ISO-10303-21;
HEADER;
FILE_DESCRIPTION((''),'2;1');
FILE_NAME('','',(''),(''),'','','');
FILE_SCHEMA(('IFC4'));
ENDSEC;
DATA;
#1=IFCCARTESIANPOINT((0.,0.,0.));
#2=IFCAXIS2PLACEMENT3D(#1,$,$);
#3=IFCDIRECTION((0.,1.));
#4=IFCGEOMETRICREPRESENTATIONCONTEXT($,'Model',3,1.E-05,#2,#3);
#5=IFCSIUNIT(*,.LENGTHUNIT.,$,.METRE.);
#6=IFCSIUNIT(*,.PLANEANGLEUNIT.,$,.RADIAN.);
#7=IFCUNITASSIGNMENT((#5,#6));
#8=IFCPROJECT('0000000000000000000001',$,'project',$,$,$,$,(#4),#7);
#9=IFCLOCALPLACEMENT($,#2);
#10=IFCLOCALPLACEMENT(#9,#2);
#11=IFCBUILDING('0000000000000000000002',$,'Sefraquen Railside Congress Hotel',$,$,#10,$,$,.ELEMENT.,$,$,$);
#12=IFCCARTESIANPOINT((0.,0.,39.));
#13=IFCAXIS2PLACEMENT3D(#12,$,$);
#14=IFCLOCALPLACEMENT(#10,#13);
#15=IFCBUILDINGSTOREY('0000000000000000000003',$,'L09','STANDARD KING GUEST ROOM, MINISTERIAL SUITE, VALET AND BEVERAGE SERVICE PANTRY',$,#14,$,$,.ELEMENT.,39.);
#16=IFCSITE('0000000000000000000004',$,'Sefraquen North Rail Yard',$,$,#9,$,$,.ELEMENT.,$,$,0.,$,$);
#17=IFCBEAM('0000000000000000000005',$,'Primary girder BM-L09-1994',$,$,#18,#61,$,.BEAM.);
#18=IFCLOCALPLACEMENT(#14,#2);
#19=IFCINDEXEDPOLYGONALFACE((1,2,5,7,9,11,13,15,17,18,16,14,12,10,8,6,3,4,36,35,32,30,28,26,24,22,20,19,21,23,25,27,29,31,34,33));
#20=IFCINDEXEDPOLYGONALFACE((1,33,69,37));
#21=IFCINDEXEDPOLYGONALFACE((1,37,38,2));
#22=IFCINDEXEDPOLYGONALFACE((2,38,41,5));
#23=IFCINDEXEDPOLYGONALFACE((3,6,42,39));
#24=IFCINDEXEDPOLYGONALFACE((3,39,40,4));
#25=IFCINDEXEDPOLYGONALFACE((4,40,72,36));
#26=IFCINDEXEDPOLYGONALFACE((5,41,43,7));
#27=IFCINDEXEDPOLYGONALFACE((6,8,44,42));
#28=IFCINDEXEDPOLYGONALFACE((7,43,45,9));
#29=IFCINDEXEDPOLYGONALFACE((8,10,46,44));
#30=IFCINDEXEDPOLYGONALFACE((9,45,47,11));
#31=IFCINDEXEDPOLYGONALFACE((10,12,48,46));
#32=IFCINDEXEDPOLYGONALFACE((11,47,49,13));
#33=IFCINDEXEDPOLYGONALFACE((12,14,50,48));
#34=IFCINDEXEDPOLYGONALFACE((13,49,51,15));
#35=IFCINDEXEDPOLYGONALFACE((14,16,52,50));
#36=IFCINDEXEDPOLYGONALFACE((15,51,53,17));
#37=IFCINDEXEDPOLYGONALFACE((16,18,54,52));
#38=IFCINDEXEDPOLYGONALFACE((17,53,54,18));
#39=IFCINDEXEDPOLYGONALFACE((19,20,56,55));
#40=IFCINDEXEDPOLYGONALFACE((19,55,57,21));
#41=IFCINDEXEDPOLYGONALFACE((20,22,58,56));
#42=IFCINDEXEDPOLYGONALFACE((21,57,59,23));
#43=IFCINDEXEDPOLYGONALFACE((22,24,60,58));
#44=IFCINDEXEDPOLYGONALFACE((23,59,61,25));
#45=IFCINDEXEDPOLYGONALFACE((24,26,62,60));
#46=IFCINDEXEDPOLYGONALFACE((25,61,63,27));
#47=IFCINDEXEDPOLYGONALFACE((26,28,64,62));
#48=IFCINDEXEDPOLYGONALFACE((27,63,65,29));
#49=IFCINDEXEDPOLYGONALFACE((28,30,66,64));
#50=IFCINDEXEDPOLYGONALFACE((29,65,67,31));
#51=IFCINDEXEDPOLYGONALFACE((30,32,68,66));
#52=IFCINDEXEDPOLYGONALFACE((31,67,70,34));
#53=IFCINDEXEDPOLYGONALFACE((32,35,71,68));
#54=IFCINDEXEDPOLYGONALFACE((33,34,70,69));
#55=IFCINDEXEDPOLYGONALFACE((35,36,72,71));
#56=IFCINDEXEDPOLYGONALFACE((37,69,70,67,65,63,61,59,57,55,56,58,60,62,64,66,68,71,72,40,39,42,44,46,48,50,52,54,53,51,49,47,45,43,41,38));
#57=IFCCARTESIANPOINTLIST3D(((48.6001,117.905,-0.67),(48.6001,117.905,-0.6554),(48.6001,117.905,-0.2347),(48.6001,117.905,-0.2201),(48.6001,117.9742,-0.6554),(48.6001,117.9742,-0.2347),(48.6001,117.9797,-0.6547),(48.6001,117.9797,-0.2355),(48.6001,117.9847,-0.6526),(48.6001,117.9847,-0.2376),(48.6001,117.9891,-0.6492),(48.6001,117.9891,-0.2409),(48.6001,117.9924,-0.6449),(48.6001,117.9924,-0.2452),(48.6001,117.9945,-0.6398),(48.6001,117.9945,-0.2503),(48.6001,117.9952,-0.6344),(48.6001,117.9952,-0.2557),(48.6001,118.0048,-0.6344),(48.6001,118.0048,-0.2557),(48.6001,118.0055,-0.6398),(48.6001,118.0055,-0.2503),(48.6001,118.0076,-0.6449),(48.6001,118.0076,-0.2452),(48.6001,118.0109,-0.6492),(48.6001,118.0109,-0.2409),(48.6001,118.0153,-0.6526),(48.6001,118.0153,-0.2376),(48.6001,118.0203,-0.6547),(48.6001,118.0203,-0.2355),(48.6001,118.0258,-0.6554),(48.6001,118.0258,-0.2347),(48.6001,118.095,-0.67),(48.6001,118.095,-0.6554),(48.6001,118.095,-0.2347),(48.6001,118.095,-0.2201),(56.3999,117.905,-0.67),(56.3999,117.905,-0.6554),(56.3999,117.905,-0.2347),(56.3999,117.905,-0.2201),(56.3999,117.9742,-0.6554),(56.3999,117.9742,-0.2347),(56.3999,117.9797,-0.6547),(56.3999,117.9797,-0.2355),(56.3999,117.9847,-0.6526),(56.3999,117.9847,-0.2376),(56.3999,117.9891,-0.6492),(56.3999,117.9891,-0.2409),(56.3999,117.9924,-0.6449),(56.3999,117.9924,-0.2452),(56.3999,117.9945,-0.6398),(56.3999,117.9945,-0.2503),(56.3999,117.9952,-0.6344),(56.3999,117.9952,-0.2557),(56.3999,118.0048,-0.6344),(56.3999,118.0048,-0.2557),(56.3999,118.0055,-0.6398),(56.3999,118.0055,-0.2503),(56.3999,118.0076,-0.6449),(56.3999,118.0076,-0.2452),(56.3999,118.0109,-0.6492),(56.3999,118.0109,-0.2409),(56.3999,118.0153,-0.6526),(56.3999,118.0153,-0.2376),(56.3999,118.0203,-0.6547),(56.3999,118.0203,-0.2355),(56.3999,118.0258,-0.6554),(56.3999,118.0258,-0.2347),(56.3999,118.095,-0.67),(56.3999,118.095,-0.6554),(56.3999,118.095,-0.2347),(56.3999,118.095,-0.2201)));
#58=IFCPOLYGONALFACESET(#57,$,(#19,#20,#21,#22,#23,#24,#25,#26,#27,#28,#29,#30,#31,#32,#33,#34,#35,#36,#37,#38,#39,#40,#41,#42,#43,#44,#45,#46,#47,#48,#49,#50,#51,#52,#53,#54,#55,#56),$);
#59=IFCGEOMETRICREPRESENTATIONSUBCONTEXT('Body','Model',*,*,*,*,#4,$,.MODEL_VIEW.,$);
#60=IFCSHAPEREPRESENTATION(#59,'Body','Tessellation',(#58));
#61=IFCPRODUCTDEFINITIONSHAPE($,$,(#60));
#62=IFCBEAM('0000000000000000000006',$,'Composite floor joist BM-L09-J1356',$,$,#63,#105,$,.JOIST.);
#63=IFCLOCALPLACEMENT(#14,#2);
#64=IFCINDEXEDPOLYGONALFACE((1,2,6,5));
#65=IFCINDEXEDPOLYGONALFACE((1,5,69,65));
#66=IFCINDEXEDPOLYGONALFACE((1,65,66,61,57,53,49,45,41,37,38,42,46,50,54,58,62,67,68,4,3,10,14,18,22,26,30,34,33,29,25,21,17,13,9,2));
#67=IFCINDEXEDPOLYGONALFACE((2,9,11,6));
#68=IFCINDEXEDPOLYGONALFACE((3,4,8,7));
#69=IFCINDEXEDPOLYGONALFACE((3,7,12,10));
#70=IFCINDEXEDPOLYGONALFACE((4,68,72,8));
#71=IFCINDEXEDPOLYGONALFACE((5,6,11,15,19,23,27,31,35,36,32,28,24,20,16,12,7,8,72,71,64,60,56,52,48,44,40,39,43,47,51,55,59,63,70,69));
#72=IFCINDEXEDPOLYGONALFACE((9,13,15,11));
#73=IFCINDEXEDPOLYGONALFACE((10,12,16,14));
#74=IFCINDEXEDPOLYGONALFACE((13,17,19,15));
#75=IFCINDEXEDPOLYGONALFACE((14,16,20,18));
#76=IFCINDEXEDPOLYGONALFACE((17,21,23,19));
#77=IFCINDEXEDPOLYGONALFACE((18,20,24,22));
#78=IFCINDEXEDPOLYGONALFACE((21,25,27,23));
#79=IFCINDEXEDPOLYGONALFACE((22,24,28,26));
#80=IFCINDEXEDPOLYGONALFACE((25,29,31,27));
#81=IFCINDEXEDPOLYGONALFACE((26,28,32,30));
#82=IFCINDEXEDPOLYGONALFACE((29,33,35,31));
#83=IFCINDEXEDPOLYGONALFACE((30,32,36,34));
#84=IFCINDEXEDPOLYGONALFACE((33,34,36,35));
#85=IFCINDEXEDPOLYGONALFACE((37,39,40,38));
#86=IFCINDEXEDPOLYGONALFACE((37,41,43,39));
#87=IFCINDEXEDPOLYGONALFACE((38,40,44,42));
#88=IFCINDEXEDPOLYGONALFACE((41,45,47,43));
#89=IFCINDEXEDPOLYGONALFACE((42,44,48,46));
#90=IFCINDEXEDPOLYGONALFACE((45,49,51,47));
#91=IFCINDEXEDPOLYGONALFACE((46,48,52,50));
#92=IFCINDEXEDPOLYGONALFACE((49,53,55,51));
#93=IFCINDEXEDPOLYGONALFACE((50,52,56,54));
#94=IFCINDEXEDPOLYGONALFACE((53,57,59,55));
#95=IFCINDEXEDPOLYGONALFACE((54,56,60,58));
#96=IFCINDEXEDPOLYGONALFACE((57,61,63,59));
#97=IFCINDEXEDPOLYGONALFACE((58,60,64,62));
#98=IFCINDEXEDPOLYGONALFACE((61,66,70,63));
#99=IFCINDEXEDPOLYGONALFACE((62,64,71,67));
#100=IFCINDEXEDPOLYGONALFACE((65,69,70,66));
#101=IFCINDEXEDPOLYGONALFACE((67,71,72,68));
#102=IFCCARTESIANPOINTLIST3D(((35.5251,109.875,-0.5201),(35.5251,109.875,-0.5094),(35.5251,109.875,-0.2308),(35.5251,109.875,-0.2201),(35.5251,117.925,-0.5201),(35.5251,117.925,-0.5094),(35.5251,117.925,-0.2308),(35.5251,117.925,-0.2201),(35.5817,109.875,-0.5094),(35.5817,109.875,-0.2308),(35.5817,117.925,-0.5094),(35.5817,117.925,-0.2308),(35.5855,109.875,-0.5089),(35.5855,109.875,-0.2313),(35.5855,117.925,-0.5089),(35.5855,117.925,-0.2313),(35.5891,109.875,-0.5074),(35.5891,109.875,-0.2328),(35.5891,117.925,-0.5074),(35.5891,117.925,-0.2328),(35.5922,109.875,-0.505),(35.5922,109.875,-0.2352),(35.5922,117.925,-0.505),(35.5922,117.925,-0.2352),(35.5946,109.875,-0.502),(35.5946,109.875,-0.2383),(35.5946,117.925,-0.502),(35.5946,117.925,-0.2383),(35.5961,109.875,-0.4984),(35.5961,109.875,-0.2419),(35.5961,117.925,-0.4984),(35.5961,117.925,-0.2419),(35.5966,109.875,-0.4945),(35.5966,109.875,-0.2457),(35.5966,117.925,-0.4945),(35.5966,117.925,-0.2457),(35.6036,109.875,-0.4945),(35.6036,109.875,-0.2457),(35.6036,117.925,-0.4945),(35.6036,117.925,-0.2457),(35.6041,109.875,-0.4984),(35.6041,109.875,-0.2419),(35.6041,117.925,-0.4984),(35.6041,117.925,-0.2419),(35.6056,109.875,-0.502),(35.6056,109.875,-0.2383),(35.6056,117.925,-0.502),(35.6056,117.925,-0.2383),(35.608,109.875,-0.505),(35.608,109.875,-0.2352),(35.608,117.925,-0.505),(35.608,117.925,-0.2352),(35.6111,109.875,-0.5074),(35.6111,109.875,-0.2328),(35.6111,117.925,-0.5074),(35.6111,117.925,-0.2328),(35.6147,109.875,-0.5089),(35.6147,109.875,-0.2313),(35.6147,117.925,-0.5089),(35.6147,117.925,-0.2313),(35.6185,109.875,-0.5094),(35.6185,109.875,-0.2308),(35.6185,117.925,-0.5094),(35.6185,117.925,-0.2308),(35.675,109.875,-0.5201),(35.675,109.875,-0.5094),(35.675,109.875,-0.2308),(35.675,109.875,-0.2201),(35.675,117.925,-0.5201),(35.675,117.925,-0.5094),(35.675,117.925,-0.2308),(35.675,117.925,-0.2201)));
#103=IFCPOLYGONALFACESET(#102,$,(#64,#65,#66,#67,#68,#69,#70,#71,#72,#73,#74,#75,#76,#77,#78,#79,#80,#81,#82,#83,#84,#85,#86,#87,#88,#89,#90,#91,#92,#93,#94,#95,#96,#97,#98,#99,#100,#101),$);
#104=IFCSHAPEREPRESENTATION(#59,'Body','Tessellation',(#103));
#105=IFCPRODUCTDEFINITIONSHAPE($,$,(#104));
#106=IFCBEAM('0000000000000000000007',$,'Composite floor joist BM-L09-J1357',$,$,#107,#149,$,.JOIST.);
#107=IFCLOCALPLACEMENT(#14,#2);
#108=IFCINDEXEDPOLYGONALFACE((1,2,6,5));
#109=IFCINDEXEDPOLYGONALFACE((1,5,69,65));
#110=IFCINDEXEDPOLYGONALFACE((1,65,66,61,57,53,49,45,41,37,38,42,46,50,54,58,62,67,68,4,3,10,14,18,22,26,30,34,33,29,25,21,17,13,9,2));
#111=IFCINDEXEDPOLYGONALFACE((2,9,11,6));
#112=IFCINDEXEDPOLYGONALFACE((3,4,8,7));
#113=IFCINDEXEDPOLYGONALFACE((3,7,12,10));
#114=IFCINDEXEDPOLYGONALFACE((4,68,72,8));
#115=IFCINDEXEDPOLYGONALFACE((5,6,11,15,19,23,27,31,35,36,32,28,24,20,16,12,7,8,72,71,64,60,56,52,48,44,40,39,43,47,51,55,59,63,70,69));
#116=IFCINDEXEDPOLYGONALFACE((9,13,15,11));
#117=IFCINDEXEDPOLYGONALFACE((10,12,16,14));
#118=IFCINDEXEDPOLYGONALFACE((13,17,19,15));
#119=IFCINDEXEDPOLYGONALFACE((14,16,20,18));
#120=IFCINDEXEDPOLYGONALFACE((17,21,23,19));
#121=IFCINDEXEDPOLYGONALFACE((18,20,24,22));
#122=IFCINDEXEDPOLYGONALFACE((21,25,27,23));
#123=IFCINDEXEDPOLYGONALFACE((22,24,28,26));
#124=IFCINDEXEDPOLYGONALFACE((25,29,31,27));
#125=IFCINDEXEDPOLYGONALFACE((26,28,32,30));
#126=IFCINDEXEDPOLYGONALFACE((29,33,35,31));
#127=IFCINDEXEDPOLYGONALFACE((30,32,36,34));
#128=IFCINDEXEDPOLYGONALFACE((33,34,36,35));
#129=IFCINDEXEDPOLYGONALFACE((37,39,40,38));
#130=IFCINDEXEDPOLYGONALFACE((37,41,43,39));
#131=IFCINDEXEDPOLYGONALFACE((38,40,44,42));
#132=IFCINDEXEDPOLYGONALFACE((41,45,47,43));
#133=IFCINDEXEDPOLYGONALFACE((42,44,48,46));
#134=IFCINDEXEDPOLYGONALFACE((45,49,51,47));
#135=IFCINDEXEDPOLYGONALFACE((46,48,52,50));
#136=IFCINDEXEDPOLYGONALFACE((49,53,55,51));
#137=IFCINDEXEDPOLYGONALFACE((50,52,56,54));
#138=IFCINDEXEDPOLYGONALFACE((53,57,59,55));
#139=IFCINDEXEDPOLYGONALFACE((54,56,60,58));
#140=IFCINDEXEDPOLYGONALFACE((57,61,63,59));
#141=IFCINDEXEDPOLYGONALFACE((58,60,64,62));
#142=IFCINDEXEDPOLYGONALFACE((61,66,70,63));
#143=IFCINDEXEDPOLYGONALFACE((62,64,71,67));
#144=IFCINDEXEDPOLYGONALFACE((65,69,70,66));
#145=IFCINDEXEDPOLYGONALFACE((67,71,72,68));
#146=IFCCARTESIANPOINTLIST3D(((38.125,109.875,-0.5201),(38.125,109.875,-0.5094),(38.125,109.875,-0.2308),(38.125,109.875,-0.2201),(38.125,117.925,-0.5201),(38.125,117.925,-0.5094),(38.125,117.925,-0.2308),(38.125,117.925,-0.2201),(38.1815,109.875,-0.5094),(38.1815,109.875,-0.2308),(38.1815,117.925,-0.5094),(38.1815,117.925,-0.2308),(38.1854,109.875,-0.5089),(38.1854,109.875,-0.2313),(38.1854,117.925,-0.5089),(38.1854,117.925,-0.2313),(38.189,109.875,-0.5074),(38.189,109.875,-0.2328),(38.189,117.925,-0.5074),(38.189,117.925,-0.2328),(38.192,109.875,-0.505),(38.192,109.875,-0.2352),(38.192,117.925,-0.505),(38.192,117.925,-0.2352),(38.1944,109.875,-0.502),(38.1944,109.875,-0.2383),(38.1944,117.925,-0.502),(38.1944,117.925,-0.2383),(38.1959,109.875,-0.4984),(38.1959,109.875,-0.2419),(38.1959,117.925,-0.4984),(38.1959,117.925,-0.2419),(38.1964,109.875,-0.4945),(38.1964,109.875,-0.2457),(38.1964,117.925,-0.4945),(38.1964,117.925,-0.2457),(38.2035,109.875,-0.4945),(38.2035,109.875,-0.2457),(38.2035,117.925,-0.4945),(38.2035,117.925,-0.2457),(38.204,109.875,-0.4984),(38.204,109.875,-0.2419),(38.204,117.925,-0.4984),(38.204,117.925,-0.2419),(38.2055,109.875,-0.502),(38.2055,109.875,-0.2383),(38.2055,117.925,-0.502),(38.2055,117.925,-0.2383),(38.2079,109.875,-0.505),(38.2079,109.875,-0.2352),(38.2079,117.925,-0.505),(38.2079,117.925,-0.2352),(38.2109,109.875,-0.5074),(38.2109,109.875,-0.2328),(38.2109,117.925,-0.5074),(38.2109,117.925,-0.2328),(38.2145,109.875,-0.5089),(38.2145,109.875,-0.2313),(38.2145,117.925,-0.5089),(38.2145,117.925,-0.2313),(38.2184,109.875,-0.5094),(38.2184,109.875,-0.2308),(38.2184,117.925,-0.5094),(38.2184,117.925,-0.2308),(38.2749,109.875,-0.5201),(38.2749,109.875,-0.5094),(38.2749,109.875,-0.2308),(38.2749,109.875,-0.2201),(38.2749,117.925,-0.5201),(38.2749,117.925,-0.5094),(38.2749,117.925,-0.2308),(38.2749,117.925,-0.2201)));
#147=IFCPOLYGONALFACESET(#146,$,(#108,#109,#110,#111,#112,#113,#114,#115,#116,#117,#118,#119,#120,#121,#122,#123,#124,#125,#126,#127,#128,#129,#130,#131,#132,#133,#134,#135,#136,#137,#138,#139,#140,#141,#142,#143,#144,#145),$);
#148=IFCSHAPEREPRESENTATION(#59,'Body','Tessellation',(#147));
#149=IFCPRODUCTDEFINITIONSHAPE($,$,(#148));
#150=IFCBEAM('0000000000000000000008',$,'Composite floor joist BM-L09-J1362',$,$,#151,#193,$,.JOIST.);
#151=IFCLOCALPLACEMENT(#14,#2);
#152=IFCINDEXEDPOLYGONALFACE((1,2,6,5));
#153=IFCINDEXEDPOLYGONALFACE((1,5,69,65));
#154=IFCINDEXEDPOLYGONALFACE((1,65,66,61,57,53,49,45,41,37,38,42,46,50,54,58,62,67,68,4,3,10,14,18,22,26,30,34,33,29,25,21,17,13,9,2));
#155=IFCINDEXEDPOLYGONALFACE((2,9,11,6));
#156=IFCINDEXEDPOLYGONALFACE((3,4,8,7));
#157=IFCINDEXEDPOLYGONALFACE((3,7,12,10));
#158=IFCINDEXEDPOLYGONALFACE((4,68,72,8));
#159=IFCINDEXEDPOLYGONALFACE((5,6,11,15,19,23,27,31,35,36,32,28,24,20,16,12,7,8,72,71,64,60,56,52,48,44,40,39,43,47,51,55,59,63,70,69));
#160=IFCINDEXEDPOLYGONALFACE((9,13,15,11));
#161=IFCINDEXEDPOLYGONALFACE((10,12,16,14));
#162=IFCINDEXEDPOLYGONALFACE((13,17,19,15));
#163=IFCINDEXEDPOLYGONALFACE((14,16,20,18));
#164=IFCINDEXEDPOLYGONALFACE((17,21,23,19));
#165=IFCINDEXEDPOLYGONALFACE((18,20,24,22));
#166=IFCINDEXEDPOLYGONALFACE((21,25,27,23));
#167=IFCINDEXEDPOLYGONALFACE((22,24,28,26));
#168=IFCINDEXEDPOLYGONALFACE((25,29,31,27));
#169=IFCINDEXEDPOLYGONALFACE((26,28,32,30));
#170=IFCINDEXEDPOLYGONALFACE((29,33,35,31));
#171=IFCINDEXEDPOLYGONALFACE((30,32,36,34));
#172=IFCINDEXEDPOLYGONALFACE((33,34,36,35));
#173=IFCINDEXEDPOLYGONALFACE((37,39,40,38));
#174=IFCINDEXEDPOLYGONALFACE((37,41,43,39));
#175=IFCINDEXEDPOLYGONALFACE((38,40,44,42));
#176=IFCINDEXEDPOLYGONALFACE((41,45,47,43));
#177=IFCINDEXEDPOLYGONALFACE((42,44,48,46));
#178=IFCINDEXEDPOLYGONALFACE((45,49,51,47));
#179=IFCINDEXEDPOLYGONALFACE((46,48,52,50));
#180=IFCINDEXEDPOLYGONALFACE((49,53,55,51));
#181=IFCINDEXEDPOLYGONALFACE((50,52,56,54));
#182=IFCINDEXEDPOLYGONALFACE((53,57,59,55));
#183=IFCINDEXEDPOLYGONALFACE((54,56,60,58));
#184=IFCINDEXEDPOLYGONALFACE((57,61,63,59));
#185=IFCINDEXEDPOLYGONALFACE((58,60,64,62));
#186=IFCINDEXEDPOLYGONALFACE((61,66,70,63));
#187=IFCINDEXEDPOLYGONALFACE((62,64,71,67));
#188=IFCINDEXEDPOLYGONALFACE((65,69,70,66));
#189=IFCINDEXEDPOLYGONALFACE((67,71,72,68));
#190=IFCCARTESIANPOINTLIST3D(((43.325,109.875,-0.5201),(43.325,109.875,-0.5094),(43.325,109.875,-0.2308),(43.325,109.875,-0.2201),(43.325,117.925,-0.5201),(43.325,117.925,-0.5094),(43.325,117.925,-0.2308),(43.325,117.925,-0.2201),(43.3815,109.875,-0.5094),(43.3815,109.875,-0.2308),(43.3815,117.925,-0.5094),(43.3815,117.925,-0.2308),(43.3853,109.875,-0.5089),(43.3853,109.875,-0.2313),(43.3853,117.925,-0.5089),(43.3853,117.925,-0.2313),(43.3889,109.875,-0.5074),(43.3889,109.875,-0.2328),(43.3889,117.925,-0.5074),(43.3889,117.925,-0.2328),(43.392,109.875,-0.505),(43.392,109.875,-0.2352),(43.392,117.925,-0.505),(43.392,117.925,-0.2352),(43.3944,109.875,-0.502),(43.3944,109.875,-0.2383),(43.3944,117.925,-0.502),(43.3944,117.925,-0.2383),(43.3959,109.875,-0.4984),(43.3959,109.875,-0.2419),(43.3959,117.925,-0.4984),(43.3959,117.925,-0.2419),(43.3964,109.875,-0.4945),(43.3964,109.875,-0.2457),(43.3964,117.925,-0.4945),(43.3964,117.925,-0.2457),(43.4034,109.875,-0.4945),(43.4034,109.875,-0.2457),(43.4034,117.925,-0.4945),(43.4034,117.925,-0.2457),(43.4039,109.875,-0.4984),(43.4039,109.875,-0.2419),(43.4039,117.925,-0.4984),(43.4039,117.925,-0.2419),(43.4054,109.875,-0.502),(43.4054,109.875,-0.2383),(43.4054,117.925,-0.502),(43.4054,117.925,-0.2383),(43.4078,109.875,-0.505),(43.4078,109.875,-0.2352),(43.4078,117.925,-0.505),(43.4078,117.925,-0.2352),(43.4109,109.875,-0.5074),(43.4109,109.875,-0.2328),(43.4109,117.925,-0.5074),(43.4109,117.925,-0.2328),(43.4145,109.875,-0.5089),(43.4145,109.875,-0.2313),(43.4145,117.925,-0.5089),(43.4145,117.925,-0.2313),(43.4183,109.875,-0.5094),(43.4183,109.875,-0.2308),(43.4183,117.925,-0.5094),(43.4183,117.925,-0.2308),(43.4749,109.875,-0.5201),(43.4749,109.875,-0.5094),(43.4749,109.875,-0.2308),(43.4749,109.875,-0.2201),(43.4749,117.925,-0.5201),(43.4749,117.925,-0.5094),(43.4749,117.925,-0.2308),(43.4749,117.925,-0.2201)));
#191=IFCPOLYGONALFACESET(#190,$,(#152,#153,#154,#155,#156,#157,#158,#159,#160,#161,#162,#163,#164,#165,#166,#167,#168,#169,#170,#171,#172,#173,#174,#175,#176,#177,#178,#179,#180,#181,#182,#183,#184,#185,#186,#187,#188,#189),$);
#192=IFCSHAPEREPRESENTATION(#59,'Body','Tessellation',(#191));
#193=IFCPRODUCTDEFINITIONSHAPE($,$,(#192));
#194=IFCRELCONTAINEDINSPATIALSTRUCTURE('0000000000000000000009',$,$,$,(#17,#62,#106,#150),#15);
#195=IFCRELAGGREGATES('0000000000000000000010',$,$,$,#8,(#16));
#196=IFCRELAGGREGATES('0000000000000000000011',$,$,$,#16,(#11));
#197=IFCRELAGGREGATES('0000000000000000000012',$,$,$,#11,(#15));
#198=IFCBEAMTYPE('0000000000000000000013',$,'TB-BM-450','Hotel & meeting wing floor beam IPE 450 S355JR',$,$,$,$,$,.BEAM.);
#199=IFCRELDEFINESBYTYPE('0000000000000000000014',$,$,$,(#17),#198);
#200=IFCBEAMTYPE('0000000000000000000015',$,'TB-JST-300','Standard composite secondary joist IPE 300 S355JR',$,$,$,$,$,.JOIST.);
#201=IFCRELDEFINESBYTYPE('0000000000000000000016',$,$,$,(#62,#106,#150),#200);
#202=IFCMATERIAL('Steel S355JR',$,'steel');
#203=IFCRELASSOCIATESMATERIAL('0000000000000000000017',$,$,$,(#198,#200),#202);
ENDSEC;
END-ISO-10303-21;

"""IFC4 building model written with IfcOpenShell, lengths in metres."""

from ifc_helpers import new_model, si_unit, direction, frame, origin, origin_2d, place, context, subcontext, project, spatial, i_section, extrude, material, material_profile, profile_set, type_object, element, save


model = new_model("IFC4")

# Units and contexts
model_context = context("Model", 3, precision=1e-05, world=origin(), true_north=direction((0.0, 1.0)))
body_context = subcontext(model_context, "Body", "Model", "MODEL_VIEW")
ifc_project = project(units=[si_unit("LENGTHUNIT", "METRE"), si_unit("PLANEANGLEUNIT", "RADIAN")], contexts=[model_context])

# Site, building, storey
site_placement = place(None, origin())
site = spatial("IfcSite", under=ifc_project, at=site_placement, Name="Sefraquen North Rail Yard", CompositionType="ELEMENT", RefElevation=0.0)
building_placement = place(site_placement, origin())
building = spatial("IfcBuilding", under=site, at=building_placement, Name="Sefraquen Railside Congress Hotel", CompositionType="ELEMENT")
storey_placement = place(building_placement, frame((0.0, 0.0, 39.0)))
storey = spatial("IfcBuildingStorey", under=building, at=storey_placement, Name="L09", Description="STANDARD KING GUEST ROOM, MINISTERIAL SUITE, VALET AND BEVERAGE SERVICE PANTRY", CompositionType="ELEMENT", Elevation=39.0)

# Shared definitions
ifc_material_1 = material(Name="Steel S355JR", Category="steel")

# Beams
ifc_material_profile_1 = material_profile(ifc_material_1, i_section(OverallWidth=0.1899, OverallDepth=0.45, WebThickness=0.0095, FlangeThickness=0.0146, FilletRadius=0.021, at=origin_2d()), Name="IPE 450")
ifc_profile_set_1 = profile_set([ifc_material_profile_1], Name="Steel S355JR")
beam_type_1 = type_object("IfcBeamType", Name="TB-BM-450", Description="Hotel & meeting wing floor beam IPE 450 S355JR", PredefinedType="BEAM", material=ifc_profile_set_1)
beam_1_placement = place(storey_placement, frame((48.6001, 118.0, -0.4451), z_axis=(1.0, 0.0, 0.0), x_axis=(0.0, 1.0, 0.0)))
element("IfcBeam", 1, at=beam_1_placement, inside=storey, type_object=beam_type_1, Name="Primary girder BM-L09-1994", PredefinedType="BEAM", context=body_context, shape_type="SweptSolid", body=[
    extrude(i_section(OverallWidth=0.1899, OverallDepth=0.45, WebThickness=0.0095, FlangeThickness=0.0146, FilletRadius=0.021, at=origin_2d()), origin(), (0.0, 0.0, 1.0), 7.7998),
])
ifc_material_profile_2 = material_profile(ifc_material_1, i_section(OverallWidth=0.1499, OverallDepth=0.3, WebThickness=0.0071, FlangeThickness=0.0107, FilletRadius=0.0149, at=origin_2d()), Name="IPE 300")
ifc_profile_set_2 = profile_set([ifc_material_profile_2], Name="Steel S355JR")
beam_type_2 = type_object("IfcBeamType", Name="TB-JST-300", Description="Standard composite secondary joist IPE 300 S355JR", PredefinedType="JOIST", material=ifc_profile_set_2)
for number, where, z_axis, x_axis, name in (
    (2, (35.6001, 109.875, -0.3701), (0.0, 1.0, 0.0), (-1.0, 0.0, 0.0), "Composite floor joist BM-L09-J1356"),
    (3, (38.2, 109.875, -0.3701), (0.0, 1.0, 0.0), (-1.0, 0.0, 0.0), "Composite floor joist BM-L09-J1357"),
    (4, (43.3999, 109.875, -0.3701), (0.0, 1.0, 0.0), (-1.0, 0.0, 0.0), "Composite floor joist BM-L09-J1362"),
):
    element("IfcBeam", number, at=place(storey_placement, frame(where, z_axis=z_axis, x_axis=x_axis)), inside=storey, type_object=beam_type_2, Name=name, PredefinedType="JOIST", context=body_context, shape_type="SweptSolid", body=[
        extrude(i_section(OverallWidth=0.1499, OverallDepth=0.3, WebThickness=0.0071, FlangeThickness=0.0107, FilletRadius=0.0149, at=origin_2d()), origin(), (0.0, 0.0, 1.0), 8.05),
    ])

save(model, "model.ifc")
